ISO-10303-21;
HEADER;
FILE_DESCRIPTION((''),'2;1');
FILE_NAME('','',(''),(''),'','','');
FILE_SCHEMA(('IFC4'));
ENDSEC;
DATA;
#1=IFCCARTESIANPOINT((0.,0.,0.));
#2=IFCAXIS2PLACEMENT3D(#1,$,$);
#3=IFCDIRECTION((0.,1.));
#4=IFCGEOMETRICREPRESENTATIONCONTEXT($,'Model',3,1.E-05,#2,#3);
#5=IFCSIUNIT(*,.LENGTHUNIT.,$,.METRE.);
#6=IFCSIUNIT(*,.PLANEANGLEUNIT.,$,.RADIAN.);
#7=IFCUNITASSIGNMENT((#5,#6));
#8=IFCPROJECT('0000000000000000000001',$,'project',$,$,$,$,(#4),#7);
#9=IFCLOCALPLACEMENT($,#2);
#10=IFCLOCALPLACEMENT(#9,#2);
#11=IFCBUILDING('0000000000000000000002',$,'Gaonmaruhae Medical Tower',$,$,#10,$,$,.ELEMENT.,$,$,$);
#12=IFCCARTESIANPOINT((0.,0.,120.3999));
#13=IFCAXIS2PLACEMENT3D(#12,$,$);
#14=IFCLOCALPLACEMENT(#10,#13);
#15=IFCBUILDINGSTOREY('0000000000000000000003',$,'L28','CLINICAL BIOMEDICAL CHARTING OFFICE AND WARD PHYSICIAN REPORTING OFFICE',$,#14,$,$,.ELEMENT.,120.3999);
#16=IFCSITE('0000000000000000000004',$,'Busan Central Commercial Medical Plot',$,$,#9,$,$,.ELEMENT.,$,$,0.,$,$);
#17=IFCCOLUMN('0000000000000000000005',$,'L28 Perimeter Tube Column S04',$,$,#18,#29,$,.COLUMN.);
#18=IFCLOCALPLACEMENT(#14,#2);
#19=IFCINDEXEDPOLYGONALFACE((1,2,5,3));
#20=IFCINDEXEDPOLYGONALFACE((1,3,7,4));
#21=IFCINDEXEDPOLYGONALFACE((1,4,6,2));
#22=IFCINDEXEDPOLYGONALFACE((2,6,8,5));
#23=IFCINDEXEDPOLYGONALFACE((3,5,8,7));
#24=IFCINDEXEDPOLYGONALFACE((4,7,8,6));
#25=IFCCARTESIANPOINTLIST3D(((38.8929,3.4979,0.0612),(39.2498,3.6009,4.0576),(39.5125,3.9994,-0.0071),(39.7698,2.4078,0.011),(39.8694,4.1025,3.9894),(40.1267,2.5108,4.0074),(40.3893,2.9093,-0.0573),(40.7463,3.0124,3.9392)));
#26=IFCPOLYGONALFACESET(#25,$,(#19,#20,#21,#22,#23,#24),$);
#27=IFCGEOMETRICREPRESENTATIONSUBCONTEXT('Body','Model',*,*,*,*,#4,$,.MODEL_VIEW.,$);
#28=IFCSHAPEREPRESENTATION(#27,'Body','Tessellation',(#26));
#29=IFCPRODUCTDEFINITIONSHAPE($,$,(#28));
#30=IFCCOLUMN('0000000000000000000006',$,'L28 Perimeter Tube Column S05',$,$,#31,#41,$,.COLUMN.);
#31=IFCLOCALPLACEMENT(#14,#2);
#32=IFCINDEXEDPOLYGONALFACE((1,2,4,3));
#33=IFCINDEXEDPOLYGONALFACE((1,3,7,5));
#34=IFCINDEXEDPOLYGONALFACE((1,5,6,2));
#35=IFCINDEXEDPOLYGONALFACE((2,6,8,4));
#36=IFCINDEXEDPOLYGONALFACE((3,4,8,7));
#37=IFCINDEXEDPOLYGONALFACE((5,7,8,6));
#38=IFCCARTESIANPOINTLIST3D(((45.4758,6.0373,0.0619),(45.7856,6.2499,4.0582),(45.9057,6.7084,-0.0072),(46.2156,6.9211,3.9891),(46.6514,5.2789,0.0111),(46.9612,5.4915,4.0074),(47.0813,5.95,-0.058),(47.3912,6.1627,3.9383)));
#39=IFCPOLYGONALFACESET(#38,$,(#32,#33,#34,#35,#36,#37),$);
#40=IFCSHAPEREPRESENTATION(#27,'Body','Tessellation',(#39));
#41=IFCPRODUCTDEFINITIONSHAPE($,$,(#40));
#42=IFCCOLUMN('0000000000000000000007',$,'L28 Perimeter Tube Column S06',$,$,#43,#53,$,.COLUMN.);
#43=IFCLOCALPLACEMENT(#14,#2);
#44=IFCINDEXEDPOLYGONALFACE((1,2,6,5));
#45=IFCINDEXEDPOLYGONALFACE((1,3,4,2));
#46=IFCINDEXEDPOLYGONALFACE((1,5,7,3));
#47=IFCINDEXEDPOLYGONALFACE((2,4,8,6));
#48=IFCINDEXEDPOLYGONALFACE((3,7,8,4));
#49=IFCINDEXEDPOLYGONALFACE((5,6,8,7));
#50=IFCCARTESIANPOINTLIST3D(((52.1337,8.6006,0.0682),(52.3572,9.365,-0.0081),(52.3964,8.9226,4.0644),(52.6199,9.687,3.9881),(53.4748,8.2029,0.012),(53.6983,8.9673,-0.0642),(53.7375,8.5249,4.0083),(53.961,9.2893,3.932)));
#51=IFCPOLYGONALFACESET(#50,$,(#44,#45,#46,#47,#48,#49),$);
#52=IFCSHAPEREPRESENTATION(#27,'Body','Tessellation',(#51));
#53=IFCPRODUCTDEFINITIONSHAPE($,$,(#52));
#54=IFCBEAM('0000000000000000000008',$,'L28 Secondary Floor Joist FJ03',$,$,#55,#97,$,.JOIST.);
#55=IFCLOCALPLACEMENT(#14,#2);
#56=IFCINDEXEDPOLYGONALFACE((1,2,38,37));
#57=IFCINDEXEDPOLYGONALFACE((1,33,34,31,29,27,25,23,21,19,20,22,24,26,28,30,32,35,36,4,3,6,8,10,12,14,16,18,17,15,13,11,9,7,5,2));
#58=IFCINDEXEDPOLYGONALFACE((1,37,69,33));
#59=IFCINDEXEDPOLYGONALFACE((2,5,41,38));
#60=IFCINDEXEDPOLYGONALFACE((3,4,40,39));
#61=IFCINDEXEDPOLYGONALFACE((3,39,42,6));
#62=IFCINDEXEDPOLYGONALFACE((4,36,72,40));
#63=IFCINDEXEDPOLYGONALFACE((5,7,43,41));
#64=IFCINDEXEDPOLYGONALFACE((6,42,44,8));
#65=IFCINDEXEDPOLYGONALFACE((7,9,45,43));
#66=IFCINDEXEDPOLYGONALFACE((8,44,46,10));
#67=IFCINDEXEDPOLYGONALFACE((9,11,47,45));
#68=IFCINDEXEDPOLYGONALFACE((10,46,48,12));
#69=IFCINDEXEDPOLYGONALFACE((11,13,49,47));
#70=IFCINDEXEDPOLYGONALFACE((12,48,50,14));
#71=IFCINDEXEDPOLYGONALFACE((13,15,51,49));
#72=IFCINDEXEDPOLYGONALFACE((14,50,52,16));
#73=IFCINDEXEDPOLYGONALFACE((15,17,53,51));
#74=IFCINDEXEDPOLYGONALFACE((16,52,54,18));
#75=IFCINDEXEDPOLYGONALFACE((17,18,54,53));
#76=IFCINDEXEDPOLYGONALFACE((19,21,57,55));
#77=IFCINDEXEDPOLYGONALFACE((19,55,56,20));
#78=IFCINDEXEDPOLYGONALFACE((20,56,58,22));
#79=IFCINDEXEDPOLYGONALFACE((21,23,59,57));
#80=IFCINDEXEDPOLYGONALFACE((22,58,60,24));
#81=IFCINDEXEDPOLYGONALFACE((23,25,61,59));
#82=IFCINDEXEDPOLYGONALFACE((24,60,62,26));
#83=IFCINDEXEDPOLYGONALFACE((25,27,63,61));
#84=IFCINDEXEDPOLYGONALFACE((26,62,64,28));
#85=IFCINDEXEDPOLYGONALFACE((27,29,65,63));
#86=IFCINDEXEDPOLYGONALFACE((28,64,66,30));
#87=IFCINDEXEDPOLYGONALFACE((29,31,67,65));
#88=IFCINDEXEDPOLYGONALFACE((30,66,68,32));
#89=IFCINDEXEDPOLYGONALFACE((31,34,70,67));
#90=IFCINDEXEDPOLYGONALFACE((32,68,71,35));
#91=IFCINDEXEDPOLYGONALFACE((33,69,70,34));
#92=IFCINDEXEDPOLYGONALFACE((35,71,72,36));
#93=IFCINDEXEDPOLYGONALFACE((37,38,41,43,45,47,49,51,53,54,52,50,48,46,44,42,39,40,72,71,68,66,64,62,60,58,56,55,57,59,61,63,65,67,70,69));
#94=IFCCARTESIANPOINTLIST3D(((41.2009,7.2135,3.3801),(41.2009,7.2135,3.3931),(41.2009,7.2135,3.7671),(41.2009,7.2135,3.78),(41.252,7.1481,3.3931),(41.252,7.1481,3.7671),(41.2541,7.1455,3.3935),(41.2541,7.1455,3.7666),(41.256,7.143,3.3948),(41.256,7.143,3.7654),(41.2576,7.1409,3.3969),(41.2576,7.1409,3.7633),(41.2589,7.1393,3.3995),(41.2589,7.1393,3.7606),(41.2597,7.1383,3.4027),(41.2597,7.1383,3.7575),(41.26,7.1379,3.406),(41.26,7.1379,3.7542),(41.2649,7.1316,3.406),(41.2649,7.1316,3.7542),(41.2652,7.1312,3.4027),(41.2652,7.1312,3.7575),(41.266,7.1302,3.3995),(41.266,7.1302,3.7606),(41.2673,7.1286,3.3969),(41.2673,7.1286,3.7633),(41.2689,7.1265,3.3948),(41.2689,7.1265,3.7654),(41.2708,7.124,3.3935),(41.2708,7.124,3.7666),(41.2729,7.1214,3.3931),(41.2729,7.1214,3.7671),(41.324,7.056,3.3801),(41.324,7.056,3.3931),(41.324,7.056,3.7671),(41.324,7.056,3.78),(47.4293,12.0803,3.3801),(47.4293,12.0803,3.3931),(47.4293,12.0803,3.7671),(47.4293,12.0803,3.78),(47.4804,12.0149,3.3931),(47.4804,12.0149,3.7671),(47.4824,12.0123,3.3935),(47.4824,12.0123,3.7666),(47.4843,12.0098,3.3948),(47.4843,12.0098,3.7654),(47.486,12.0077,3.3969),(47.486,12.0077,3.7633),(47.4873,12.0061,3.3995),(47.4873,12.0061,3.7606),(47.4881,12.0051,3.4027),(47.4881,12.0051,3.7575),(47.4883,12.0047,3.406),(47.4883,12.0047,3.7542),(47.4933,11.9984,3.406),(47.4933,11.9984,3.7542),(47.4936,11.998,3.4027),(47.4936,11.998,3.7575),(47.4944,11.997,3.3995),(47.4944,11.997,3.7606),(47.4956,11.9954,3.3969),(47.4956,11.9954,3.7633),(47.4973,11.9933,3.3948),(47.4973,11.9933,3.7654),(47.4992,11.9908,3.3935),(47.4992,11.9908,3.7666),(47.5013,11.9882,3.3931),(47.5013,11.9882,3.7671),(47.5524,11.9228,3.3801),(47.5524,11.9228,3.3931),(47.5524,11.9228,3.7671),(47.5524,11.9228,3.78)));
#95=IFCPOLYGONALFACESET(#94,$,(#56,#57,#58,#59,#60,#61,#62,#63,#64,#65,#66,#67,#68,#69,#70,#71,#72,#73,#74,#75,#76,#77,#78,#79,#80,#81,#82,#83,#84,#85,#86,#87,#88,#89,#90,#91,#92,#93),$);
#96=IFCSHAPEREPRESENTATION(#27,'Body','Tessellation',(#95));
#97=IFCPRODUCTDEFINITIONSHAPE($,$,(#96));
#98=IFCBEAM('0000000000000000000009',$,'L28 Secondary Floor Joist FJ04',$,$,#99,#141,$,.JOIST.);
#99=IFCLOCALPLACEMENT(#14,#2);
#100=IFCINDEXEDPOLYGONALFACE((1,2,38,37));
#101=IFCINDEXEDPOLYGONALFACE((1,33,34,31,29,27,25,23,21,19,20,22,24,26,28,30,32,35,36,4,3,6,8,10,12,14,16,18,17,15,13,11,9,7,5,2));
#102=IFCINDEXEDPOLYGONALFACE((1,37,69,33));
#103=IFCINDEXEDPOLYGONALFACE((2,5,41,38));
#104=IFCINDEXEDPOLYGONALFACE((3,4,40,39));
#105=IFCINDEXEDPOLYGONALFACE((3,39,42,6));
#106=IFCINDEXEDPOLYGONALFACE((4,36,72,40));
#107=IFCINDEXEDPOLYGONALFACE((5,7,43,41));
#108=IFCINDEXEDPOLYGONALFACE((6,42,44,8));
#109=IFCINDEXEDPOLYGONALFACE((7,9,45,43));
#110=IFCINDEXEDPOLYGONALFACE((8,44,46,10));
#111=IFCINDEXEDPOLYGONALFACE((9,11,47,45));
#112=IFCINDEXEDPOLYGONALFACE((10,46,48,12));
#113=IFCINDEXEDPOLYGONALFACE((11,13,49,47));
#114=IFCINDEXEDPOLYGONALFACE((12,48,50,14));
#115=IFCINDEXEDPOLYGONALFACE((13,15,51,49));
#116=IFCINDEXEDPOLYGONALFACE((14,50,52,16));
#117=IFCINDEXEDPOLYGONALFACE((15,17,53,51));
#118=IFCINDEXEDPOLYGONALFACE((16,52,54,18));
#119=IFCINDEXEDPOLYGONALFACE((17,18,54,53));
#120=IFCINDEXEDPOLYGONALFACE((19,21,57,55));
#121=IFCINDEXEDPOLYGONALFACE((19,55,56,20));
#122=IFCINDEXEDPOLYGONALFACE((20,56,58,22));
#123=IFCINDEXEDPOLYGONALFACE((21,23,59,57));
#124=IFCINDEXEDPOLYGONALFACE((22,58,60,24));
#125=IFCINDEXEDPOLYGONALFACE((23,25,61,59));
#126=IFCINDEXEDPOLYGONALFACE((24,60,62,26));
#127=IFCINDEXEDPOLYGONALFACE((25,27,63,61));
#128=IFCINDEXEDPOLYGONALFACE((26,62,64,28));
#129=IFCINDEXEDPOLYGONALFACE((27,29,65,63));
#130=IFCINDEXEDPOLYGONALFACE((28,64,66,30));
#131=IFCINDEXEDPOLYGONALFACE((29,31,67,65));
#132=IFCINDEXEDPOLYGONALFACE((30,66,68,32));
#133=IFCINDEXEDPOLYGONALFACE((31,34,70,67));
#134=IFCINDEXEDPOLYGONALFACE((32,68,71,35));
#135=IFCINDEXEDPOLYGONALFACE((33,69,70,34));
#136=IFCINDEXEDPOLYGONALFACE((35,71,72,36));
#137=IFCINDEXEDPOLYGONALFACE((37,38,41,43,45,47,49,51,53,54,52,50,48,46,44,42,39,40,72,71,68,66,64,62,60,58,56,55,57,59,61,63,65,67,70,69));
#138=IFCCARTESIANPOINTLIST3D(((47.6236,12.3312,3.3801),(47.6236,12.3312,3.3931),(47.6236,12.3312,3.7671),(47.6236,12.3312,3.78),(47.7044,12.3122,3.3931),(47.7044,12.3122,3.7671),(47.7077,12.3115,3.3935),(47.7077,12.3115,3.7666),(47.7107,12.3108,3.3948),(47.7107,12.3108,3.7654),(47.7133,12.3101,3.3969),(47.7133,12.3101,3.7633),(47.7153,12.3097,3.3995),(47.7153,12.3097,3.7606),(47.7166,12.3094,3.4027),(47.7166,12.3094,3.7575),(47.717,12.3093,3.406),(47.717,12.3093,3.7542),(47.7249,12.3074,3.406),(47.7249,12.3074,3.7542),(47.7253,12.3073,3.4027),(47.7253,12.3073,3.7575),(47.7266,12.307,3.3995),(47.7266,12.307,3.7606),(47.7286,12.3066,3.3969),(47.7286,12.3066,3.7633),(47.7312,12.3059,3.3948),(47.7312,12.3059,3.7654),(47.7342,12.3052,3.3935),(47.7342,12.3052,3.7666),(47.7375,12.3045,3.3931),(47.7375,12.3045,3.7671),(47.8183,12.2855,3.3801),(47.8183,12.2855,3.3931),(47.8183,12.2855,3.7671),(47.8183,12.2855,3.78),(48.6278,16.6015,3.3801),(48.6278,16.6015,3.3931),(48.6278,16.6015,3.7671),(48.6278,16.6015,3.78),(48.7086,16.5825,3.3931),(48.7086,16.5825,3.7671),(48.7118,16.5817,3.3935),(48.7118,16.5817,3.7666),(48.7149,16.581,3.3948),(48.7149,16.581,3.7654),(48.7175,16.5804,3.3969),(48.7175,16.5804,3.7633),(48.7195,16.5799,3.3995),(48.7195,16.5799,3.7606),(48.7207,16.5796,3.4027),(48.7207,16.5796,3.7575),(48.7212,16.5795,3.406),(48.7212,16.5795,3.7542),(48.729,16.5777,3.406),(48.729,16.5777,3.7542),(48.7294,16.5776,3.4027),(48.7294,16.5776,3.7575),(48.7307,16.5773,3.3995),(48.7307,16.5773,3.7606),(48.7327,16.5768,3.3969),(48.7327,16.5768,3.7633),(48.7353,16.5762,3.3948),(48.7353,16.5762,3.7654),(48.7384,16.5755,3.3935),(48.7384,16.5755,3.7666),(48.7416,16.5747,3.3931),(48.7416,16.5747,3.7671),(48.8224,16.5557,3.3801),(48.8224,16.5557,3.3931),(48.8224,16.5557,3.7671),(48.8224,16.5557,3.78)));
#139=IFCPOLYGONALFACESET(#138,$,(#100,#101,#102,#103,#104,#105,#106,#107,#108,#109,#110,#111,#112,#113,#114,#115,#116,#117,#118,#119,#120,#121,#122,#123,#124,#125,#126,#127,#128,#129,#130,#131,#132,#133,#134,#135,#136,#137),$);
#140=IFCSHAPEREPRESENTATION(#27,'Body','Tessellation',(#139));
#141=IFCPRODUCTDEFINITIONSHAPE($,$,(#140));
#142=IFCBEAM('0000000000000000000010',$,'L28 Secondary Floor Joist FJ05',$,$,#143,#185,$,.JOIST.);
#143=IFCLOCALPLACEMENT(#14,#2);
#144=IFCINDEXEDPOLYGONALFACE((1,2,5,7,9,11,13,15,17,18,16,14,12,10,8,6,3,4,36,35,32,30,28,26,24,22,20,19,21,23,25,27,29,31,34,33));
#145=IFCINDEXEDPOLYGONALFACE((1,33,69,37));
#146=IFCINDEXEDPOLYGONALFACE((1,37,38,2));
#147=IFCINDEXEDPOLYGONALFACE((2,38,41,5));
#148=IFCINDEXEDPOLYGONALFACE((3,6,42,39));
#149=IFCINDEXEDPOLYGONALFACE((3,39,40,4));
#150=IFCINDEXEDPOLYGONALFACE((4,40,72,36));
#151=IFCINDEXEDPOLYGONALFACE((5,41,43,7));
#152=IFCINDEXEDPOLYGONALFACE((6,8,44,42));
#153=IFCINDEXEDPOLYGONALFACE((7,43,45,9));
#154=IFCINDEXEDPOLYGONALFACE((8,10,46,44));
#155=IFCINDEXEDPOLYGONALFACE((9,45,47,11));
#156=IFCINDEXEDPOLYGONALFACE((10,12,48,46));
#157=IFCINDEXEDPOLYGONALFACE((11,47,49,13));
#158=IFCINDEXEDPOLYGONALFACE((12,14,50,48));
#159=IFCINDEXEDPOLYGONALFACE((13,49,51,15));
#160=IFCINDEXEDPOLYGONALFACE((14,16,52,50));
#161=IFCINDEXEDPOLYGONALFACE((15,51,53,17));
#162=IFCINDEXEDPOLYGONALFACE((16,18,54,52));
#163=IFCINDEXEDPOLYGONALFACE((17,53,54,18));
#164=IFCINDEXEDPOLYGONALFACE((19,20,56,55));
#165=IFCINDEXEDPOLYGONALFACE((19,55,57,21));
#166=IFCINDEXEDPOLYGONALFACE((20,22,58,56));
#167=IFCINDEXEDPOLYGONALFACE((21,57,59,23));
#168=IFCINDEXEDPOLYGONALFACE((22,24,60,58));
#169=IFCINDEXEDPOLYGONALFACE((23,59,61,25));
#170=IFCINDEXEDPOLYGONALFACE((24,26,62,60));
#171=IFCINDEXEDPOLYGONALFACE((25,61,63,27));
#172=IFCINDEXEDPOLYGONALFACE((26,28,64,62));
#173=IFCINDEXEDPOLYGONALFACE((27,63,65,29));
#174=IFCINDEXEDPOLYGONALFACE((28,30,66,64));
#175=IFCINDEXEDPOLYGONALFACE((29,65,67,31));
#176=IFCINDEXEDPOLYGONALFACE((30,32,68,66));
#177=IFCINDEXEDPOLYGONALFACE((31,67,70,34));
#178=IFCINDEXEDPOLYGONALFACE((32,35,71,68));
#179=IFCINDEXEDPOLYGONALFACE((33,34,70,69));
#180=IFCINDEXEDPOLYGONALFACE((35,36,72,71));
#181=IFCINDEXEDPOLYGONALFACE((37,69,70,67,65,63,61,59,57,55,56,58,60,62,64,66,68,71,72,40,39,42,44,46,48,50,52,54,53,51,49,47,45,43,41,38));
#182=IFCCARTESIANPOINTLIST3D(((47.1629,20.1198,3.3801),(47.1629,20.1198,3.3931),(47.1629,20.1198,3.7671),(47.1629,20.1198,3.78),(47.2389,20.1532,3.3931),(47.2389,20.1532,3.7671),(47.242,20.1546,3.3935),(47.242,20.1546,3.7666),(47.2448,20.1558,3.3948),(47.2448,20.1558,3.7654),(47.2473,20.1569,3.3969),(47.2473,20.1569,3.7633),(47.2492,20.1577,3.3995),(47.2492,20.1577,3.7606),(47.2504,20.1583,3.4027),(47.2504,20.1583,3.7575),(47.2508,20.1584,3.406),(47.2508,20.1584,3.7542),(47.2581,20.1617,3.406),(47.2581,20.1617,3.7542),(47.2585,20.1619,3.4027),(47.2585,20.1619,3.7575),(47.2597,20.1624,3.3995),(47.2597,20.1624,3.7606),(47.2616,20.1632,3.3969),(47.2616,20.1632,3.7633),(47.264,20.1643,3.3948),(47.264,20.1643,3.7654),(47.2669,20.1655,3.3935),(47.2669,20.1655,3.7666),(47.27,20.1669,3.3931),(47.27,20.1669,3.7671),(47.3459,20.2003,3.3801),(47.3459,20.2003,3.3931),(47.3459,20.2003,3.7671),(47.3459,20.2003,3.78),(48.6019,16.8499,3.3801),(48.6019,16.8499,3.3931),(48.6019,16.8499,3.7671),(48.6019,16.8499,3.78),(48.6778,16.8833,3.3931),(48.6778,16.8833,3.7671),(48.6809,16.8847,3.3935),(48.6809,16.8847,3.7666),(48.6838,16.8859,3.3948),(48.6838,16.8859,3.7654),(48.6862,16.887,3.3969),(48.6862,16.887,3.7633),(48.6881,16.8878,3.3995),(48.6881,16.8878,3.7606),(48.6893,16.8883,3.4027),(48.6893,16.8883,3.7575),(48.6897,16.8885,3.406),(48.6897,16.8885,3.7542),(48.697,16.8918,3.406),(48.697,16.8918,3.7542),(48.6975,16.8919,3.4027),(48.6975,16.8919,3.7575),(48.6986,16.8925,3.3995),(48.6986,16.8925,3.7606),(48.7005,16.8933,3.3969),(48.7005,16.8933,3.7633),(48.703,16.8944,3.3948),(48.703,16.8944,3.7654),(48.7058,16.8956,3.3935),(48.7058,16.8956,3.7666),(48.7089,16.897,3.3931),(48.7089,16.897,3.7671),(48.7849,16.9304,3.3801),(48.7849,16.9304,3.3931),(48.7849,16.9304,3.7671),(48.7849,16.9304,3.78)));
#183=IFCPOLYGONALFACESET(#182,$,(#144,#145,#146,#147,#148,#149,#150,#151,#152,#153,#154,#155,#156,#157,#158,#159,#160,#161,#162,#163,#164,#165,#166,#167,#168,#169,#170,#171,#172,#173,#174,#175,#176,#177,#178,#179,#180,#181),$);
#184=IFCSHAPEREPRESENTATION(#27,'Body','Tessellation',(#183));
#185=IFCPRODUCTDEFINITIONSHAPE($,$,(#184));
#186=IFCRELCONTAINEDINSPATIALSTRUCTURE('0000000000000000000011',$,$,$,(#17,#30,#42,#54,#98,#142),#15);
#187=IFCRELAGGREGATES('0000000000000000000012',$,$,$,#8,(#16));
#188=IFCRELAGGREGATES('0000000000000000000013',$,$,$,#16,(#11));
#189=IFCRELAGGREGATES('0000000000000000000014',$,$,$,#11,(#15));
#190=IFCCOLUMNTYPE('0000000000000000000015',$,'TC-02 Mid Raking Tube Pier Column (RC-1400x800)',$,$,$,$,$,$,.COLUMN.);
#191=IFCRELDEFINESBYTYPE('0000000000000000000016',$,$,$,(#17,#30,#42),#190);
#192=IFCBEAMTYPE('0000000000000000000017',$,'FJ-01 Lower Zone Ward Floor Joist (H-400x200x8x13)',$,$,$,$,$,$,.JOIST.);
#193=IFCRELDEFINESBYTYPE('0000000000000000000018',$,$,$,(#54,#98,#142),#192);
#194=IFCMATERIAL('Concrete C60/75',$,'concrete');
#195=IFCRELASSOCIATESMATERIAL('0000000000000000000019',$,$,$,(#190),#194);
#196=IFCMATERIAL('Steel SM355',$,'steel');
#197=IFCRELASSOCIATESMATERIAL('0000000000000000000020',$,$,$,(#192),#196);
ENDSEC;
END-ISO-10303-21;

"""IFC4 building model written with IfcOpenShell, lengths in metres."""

from ifc_helpers import new_model, si_unit, direction, frame, origin, origin_2d, place, context, subcontext, project, spatial, rectangle, i_section, extrude, material, material_profile, profile_set, type_object, element, save


model = new_model("IFC4")

# Units and contexts
model_context = context("Model", 3, precision=1e-05, world=origin(), true_north=direction((0.0, 1.0)))
body_context = subcontext(model_context, "Body", "Model", "MODEL_VIEW")
ifc_project = project(units=[si_unit("LENGTHUNIT", "METRE"), si_unit("PLANEANGLEUNIT", "RADIAN")], contexts=[model_context])

# Site, building, storey
site_placement = place(None, origin())
site = spatial("IfcSite", under=ifc_project, at=site_placement, Name="Busan Central Commercial Medical Plot", CompositionType="ELEMENT", RefElevation=0.0)
building_placement = place(site_placement, origin())
building = spatial("IfcBuilding", under=site, at=building_placement, Name="Gaonmaruhae Medical Tower", CompositionType="ELEMENT")
storey_placement = place(building_placement, frame((0.0, 0.0, 120.3999)))
storey = spatial("IfcBuildingStorey", under=building, at=storey_placement, Name="L28", Description="CLINICAL BIOMEDICAL CHARTING OFFICE AND WARD PHYSICIAN REPORTING OFFICE", CompositionType="ELEMENT", Elevation=120.3999)

# Columns
ifc_material_1 = material(Name="Concrete C60/75", Category="concrete")
ifc_material_profile_1 = material_profile(ifc_material_1, rectangle(XDim=1.3999, YDim=0.8, at=origin_2d()), Name="RC-1400x800")
ifc_profile_set_1 = profile_set([ifc_material_profile_1], Name="Concrete C60/75")
column_type = type_object("IfcColumnType", Name="TC-02 Mid Raking Tube Pier Column (RC-1400x800)", PredefinedType="COLUMN", material=ifc_profile_set_1)
column_1_placement = place(storey_placement, frame((39.6411, 3.2036, 0.002), z_axis=(0.088932, 0.02567, 0.995707), x_axis=(-0.626372, 0.778698, 0.035869)))
element("IfcColumn", 1, at=column_1_placement, inside=storey, type_object=column_type, Name="L28 Perimeter Tube Column S04", PredefinedType="COLUMN", context=body_context, shape_type="SweptSolid", body=[
    extrude(rectangle(XDim=1.3999, YDim=0.8, at=origin_2d()), origin(), (0.0, 0.0, 1.0), 4.0137),
])
column_2_placement = place(storey_placement, frame((46.2786, 5.9937, 0.002), z_axis=(0.077184, 0.052977, 0.995608), x_axis=(-0.839772, 0.541726, 0.036278)))
element("IfcColumn", 2, at=column_2_placement, inside=storey, type_object=column_type, Name="L28 Perimeter Tube Column S05", PredefinedType="COLUMN", context=body_context, shape_type="SweptSolid", body=[
    extrude(rectangle(XDim=1.3999, YDim=0.8, at=origin_2d()), origin(), (0.0, 0.0, 1.0), 4.0139),
])
column_3_placement = place(storey_placement, frame((52.916, 8.7839, 0.002), z_axis=(0.065381, 0.080147, 0.994636), x_axis=(-0.957968, 0.284061, 0.040082)))
element("IfcColumn", 3, at=column_3_placement, inside=storey, type_object=column_type, Name="L28 Perimeter Tube Column S06", PredefinedType="COLUMN", context=body_context, shape_type="SweptSolid", body=[
    extrude(rectangle(XDim=1.3999, YDim=0.8, at=origin_2d()), origin(), (0.0, 0.0, 1.0), 4.0178),
])

# Beams
ifc_material_2 = material(Name="Steel SM355", Category="steel")
ifc_material_profile_2 = material_profile(ifc_material_2, i_section(OverallWidth=0.2, OverallDepth=0.3999, WebThickness=0.0081, FlangeThickness=0.0129, FilletRadius=0.0129, at=origin_2d()), Name="H-400x200x8x13")
ifc_profile_set_2 = profile_set([ifc_material_profile_2], Name="Steel SM355")
beam_type_1 = type_object("IfcBeamType", Name="FJ-01 Lower Zone Ward Floor Joist (H-400x200x8x13)", PredefinedType="JOIST", material=ifc_profile_set_2)
beam_1_placement = place(storey_placement, frame((41.2625, 7.1348, 3.5801), z_axis=(0.787971, 0.615712, 0.0), x_axis=(-0.615712, 0.787971, 0.0)))
element("IfcBeam", 4, at=beam_1_placement, inside=storey, type_object=beam_type_1, Name="L28 Secondary Floor Joist FJ03", PredefinedType="JOIST", context=body_context, shape_type="SweptSolid", body=[
    extrude(i_section(OverallWidth=0.2, OverallDepth=0.3999, WebThickness=0.0081, FlangeThickness=0.0129, FilletRadius=0.0129, at=origin_2d()), origin(), (0.0, 0.0, 1.0), 7.9043),
])
beam_2_placement = place(storey_placement, frame((47.7209, 12.3083, 3.5801), z_axis=(0.228906, 0.973449, 0.0), x_axis=(-0.973449, 0.228906, 0.0)))
element("IfcBeam", 5, at=beam_2_placement, inside=storey, type_object=beam_type_1, Name="L28 Secondary Floor Joist FJ04", PredefinedType="JOIST", context=body_context, shape_type="SweptSolid", body=[
    extrude(i_section(OverallWidth=0.2, OverallDepth=0.3999, WebThickness=0.0081, FlangeThickness=0.0129, FilletRadius=0.0129, at=origin_2d()), origin(), (0.0, 0.0, 1.0), 4.3867),
])
beam_3_placement = place(storey_placement, frame((48.6934, 16.8901, 3.5801), z_axis=(-0.402775, 0.915299, 0.0), x_axis=(-0.915299, -0.402775, 0.0)))
element("IfcBeam", 6, at=beam_3_placement, inside=storey, type_object=beam_type_1, Name="L28 Secondary Floor Joist FJ05", PredefinedType="JOIST", context=body_context, shape_type="SweptSolid", body=[
    extrude(i_section(OverallWidth=0.2, OverallDepth=0.3999, WebThickness=0.0081, FlangeThickness=0.0129, FilletRadius=0.0129, at=origin_2d()), origin(), (0.0, 0.0, 1.0), 3.5725),
])

save(model, "model.ifc")
